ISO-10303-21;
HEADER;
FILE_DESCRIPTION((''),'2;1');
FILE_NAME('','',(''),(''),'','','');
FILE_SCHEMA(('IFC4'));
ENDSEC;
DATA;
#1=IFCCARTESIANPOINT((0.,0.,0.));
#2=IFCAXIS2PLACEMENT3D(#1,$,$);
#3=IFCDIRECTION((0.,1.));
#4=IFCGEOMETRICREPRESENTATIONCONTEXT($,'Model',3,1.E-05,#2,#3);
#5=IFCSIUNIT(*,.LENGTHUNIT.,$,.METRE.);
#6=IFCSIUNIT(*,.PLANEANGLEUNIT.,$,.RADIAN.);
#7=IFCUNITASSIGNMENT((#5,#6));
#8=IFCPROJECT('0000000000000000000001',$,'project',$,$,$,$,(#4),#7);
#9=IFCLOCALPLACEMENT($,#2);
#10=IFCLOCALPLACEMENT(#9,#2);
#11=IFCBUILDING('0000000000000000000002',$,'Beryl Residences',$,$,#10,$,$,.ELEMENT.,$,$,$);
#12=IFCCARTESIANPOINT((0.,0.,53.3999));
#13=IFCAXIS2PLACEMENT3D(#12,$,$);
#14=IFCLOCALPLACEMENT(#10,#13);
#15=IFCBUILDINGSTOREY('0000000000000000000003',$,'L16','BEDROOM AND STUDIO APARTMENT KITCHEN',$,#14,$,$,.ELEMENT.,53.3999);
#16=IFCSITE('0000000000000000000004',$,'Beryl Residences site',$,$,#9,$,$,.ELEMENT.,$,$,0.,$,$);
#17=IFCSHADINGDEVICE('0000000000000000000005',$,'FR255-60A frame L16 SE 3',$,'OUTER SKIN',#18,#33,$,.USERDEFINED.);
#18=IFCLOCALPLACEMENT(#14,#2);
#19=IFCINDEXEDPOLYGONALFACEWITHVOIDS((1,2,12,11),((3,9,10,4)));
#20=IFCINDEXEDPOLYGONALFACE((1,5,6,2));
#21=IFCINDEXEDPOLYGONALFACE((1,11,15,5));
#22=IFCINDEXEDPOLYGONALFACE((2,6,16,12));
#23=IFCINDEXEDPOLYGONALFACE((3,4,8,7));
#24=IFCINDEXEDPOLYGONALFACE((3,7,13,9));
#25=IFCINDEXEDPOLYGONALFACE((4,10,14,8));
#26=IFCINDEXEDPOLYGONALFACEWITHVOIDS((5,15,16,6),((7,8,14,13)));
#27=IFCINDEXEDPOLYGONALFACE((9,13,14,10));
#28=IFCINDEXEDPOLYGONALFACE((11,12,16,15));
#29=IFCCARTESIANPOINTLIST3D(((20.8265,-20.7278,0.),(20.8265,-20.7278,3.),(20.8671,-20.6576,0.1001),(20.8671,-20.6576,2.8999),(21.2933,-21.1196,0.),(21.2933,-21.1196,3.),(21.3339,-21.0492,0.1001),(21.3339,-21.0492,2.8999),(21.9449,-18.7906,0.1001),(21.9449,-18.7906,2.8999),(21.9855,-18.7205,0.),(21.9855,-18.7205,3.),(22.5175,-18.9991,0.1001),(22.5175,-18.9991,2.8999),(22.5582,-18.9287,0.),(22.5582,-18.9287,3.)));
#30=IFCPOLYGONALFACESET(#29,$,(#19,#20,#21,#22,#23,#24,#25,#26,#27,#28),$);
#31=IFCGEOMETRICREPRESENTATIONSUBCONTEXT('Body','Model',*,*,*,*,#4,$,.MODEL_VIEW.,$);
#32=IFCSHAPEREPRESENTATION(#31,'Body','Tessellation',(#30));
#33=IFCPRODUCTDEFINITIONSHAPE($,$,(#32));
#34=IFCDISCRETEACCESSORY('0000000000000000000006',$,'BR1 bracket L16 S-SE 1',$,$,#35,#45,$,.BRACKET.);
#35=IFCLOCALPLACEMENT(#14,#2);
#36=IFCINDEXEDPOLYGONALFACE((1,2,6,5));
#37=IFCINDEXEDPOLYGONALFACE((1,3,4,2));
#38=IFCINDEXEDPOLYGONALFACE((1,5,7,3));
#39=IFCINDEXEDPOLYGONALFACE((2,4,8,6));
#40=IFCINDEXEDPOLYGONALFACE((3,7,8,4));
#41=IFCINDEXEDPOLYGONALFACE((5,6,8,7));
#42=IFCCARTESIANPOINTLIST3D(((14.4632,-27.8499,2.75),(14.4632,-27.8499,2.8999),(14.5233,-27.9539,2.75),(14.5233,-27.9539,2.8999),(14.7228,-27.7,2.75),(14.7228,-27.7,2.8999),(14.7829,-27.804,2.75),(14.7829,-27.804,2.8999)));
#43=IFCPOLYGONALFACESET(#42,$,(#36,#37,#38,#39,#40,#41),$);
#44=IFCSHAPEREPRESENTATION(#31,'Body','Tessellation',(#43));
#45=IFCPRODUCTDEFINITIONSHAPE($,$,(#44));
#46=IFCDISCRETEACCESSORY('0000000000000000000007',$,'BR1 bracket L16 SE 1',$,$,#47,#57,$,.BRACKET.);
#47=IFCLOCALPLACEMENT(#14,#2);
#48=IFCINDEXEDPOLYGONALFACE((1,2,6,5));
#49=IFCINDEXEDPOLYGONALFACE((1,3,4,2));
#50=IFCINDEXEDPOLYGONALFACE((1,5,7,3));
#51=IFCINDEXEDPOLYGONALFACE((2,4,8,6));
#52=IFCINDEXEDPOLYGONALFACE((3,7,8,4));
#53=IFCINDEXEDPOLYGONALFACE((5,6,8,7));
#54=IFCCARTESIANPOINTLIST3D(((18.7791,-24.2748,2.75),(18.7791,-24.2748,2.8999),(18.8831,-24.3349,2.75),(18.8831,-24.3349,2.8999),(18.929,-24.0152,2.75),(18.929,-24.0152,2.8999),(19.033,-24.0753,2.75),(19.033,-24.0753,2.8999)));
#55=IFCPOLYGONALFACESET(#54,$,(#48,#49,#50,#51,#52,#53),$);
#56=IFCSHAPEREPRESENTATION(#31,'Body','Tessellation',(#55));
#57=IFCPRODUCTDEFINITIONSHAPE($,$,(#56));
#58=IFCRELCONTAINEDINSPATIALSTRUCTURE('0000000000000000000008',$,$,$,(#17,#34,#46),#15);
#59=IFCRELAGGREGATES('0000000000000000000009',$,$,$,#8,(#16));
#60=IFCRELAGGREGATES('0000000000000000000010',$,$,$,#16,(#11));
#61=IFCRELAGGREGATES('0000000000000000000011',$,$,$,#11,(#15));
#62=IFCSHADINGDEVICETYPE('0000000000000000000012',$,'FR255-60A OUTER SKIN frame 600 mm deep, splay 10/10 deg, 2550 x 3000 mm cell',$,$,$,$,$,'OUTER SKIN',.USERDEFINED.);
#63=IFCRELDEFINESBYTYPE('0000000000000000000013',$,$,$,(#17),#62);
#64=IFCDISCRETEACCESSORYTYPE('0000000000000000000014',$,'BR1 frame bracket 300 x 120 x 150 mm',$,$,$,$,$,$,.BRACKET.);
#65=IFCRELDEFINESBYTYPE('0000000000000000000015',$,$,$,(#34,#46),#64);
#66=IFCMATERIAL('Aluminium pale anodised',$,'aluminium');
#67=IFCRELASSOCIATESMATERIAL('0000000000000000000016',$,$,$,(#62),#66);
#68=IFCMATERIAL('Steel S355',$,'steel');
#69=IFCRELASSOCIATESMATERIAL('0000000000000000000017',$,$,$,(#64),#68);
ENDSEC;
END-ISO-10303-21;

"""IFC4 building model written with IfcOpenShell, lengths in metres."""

from ifc_helpers import new_model, entity, si_unit, direction, frame, origin, place, context, subcontext, project, spatial, polyline, outline, extrude, source, transform, mapped, material, type_object, type_shapes, element, save


model = new_model("IFC4")

# Units and contexts
model_context = context("Model", 3, precision=1e-05, world=origin(), true_north=direction((0.0, 1.0)))
body_context = subcontext(model_context, "Body", "Model", "MODEL_VIEW")
ifc_project = project(units=[si_unit("LENGTHUNIT", "METRE"), si_unit("PLANEANGLEUNIT", "RADIAN")], contexts=[model_context])

# Site, building, storey
site_placement = place(None, origin())
site = spatial("IfcSite", under=ifc_project, at=site_placement, Name="Beryl Residences site", CompositionType="ELEMENT", RefElevation=0.0)
building_placement = place(site_placement, origin())
building = spatial("IfcBuilding", under=site, at=building_placement, Name="Beryl Residences", CompositionType="ELEMENT")
storey_placement = place(building_placement, frame((0.0, 0.0, 53.3999)))
storey = spatial("IfcBuildingStorey", under=building, at=storey_placement, Name="L16", Description="BEDROOM AND STUDIO APARTMENT KITCHEN", CompositionType="ELEMENT", Elevation=53.3999)

# Shading device
ifc_material_1 = material(Name="Aluminium pale anodised", Category="aluminium")
shading_device_type_1 = type_object("IfcShadingDeviceType", Name="FR255-60A OUTER SKIN frame 600 mm deep, splay 10/10 deg, 2550 x 3000 mm cell", ElementType="OUTER SKIN", PredefinedType="USERDEFINED", material=ifc_material_1)
cartesian_point_1 = entity("IfcCartesianPoint", [-1.1589, 0.0])
cartesian_point_2 = entity("IfcCartesianPoint", [-1.0779, 0.1001])
cartesian_point_3 = entity("IfcCartesianPoint", [-1.2649, 0.0])
cartesian_point_4 = entity("IfcCartesianPoint", [-1.1836, 0.1001])
shared_shape_1 = source(origin(), body_context, "Body", "SweptSolid", [
    entity("IfcExtrudedAreaSolidTapered", entity("IfcArbitraryProfileDefWithVoids", "AREA", None, entity("IfcPolyline", [cartesian_point_1, entity("IfcCartesianPoint", [1.1589, 0.0]), entity("IfcCartesianPoint", [1.1589, 3.0]), entity("IfcCartesianPoint", [-1.1589, 3.0]), cartesian_point_1]), [entity("IfcPolyline", [cartesian_point_2, entity("IfcCartesianPoint", [1.0779, 0.1001]), entity("IfcCartesianPoint", [1.0779, 2.8999]), entity("IfcCartesianPoint", [-1.0779, 2.8999]), cartesian_point_2])]), entity("IfcAxis2Placement3D", entity("IfcCartesianPoint", [0.0, 0.0, 0.0]), entity("IfcDirection", [0.0, 1.0, 0.0]), entity("IfcDirection", [-1.0, 0.0, 0.0])), entity("IfcDirection", [0.0, 0.0, 1.0]), 0.6001, entity("IfcArbitraryProfileDefWithVoids", "AREA", None, entity("IfcPolyline", [cartesian_point_3, entity("IfcCartesianPoint", [1.2649, 0.0]), entity("IfcCartesianPoint", [1.2649, 3.0]), entity("IfcCartesianPoint", [-1.2649, 3.0]), cartesian_point_3]), [entity("IfcPolyline", [cartesian_point_4, entity("IfcCartesianPoint", [1.1836, 0.1001]), entity("IfcCartesianPoint", [1.1836, 2.8999]), entity("IfcCartesianPoint", [-1.1836, 2.8999]), cartesian_point_4])])),
])
type_shapes(shading_device_type_1, [shared_shape_1])
for number, where, z_axis, x_axis, name in (
    (1, (21.406, -19.7241, 0.0), (0.0, 0.0, 1.0), (-0.5, -0.866025, 0.0), "FR255-60A frame L16 SE 3"),
):
    element("IfcShadingDevice", number, at=place(storey_placement, frame(where, z_axis=z_axis, x_axis=x_axis)), inside=storey, type_object=shading_device_type_1, Name=name, ObjectType="OUTER SKIN", PredefinedType="USERDEFINED", context=body_context, shape_type="MappedRepresentation", body=[
        mapped(shared_shape_1, transform((0.0, 0.0, 0.0))),
    ])

# Discrete accessories
ifc_material_2 = material(Name="Steel S355", Category="steel")
discrete_accessory_type = type_object("IfcDiscreteAccessoryType", Name="BR1 frame bracket 300 x 120 x 150 mm", PredefinedType="BRACKET", material=ifc_material_2)
shared_shape_2 = source(origin(), body_context, "Body", "SweptSolid", [
    extrude(outline(polyline([(-0.1499, 0.0), (0.1499, 0.0), (0.1499, 0.1201), (-0.1499, 0.1201), (-0.1499, 0.0)])), origin(), (0.0, 0.0, 1.0), 0.1499),
])
type_shapes(discrete_accessory_type, [shared_shape_2])
for number, where, z_axis, x_axis, name in (
    (2, (14.593, -27.7749, 2.75), (0.0, 0.0, 1.0), (-0.866025, -0.5, 0.0), "BR1 bracket L16 S-SE 1"),
    (3, (18.854, -24.145, 2.75), (0.0, 0.0, 1.0), (-0.5, -0.866025, 0.0), "BR1 bracket L16 SE 1"),
):
    element("IfcDiscreteAccessory", number, at=place(storey_placement, frame(where, z_axis=z_axis, x_axis=x_axis)), inside=storey, type_object=discrete_accessory_type, Name=name, PredefinedType="BRACKET", context=body_context, shape_type="MappedRepresentation", body=[
        mapped(shared_shape_2, transform((0.0, 0.0, 0.0))),
    ])

save(model, "model.ifc")
